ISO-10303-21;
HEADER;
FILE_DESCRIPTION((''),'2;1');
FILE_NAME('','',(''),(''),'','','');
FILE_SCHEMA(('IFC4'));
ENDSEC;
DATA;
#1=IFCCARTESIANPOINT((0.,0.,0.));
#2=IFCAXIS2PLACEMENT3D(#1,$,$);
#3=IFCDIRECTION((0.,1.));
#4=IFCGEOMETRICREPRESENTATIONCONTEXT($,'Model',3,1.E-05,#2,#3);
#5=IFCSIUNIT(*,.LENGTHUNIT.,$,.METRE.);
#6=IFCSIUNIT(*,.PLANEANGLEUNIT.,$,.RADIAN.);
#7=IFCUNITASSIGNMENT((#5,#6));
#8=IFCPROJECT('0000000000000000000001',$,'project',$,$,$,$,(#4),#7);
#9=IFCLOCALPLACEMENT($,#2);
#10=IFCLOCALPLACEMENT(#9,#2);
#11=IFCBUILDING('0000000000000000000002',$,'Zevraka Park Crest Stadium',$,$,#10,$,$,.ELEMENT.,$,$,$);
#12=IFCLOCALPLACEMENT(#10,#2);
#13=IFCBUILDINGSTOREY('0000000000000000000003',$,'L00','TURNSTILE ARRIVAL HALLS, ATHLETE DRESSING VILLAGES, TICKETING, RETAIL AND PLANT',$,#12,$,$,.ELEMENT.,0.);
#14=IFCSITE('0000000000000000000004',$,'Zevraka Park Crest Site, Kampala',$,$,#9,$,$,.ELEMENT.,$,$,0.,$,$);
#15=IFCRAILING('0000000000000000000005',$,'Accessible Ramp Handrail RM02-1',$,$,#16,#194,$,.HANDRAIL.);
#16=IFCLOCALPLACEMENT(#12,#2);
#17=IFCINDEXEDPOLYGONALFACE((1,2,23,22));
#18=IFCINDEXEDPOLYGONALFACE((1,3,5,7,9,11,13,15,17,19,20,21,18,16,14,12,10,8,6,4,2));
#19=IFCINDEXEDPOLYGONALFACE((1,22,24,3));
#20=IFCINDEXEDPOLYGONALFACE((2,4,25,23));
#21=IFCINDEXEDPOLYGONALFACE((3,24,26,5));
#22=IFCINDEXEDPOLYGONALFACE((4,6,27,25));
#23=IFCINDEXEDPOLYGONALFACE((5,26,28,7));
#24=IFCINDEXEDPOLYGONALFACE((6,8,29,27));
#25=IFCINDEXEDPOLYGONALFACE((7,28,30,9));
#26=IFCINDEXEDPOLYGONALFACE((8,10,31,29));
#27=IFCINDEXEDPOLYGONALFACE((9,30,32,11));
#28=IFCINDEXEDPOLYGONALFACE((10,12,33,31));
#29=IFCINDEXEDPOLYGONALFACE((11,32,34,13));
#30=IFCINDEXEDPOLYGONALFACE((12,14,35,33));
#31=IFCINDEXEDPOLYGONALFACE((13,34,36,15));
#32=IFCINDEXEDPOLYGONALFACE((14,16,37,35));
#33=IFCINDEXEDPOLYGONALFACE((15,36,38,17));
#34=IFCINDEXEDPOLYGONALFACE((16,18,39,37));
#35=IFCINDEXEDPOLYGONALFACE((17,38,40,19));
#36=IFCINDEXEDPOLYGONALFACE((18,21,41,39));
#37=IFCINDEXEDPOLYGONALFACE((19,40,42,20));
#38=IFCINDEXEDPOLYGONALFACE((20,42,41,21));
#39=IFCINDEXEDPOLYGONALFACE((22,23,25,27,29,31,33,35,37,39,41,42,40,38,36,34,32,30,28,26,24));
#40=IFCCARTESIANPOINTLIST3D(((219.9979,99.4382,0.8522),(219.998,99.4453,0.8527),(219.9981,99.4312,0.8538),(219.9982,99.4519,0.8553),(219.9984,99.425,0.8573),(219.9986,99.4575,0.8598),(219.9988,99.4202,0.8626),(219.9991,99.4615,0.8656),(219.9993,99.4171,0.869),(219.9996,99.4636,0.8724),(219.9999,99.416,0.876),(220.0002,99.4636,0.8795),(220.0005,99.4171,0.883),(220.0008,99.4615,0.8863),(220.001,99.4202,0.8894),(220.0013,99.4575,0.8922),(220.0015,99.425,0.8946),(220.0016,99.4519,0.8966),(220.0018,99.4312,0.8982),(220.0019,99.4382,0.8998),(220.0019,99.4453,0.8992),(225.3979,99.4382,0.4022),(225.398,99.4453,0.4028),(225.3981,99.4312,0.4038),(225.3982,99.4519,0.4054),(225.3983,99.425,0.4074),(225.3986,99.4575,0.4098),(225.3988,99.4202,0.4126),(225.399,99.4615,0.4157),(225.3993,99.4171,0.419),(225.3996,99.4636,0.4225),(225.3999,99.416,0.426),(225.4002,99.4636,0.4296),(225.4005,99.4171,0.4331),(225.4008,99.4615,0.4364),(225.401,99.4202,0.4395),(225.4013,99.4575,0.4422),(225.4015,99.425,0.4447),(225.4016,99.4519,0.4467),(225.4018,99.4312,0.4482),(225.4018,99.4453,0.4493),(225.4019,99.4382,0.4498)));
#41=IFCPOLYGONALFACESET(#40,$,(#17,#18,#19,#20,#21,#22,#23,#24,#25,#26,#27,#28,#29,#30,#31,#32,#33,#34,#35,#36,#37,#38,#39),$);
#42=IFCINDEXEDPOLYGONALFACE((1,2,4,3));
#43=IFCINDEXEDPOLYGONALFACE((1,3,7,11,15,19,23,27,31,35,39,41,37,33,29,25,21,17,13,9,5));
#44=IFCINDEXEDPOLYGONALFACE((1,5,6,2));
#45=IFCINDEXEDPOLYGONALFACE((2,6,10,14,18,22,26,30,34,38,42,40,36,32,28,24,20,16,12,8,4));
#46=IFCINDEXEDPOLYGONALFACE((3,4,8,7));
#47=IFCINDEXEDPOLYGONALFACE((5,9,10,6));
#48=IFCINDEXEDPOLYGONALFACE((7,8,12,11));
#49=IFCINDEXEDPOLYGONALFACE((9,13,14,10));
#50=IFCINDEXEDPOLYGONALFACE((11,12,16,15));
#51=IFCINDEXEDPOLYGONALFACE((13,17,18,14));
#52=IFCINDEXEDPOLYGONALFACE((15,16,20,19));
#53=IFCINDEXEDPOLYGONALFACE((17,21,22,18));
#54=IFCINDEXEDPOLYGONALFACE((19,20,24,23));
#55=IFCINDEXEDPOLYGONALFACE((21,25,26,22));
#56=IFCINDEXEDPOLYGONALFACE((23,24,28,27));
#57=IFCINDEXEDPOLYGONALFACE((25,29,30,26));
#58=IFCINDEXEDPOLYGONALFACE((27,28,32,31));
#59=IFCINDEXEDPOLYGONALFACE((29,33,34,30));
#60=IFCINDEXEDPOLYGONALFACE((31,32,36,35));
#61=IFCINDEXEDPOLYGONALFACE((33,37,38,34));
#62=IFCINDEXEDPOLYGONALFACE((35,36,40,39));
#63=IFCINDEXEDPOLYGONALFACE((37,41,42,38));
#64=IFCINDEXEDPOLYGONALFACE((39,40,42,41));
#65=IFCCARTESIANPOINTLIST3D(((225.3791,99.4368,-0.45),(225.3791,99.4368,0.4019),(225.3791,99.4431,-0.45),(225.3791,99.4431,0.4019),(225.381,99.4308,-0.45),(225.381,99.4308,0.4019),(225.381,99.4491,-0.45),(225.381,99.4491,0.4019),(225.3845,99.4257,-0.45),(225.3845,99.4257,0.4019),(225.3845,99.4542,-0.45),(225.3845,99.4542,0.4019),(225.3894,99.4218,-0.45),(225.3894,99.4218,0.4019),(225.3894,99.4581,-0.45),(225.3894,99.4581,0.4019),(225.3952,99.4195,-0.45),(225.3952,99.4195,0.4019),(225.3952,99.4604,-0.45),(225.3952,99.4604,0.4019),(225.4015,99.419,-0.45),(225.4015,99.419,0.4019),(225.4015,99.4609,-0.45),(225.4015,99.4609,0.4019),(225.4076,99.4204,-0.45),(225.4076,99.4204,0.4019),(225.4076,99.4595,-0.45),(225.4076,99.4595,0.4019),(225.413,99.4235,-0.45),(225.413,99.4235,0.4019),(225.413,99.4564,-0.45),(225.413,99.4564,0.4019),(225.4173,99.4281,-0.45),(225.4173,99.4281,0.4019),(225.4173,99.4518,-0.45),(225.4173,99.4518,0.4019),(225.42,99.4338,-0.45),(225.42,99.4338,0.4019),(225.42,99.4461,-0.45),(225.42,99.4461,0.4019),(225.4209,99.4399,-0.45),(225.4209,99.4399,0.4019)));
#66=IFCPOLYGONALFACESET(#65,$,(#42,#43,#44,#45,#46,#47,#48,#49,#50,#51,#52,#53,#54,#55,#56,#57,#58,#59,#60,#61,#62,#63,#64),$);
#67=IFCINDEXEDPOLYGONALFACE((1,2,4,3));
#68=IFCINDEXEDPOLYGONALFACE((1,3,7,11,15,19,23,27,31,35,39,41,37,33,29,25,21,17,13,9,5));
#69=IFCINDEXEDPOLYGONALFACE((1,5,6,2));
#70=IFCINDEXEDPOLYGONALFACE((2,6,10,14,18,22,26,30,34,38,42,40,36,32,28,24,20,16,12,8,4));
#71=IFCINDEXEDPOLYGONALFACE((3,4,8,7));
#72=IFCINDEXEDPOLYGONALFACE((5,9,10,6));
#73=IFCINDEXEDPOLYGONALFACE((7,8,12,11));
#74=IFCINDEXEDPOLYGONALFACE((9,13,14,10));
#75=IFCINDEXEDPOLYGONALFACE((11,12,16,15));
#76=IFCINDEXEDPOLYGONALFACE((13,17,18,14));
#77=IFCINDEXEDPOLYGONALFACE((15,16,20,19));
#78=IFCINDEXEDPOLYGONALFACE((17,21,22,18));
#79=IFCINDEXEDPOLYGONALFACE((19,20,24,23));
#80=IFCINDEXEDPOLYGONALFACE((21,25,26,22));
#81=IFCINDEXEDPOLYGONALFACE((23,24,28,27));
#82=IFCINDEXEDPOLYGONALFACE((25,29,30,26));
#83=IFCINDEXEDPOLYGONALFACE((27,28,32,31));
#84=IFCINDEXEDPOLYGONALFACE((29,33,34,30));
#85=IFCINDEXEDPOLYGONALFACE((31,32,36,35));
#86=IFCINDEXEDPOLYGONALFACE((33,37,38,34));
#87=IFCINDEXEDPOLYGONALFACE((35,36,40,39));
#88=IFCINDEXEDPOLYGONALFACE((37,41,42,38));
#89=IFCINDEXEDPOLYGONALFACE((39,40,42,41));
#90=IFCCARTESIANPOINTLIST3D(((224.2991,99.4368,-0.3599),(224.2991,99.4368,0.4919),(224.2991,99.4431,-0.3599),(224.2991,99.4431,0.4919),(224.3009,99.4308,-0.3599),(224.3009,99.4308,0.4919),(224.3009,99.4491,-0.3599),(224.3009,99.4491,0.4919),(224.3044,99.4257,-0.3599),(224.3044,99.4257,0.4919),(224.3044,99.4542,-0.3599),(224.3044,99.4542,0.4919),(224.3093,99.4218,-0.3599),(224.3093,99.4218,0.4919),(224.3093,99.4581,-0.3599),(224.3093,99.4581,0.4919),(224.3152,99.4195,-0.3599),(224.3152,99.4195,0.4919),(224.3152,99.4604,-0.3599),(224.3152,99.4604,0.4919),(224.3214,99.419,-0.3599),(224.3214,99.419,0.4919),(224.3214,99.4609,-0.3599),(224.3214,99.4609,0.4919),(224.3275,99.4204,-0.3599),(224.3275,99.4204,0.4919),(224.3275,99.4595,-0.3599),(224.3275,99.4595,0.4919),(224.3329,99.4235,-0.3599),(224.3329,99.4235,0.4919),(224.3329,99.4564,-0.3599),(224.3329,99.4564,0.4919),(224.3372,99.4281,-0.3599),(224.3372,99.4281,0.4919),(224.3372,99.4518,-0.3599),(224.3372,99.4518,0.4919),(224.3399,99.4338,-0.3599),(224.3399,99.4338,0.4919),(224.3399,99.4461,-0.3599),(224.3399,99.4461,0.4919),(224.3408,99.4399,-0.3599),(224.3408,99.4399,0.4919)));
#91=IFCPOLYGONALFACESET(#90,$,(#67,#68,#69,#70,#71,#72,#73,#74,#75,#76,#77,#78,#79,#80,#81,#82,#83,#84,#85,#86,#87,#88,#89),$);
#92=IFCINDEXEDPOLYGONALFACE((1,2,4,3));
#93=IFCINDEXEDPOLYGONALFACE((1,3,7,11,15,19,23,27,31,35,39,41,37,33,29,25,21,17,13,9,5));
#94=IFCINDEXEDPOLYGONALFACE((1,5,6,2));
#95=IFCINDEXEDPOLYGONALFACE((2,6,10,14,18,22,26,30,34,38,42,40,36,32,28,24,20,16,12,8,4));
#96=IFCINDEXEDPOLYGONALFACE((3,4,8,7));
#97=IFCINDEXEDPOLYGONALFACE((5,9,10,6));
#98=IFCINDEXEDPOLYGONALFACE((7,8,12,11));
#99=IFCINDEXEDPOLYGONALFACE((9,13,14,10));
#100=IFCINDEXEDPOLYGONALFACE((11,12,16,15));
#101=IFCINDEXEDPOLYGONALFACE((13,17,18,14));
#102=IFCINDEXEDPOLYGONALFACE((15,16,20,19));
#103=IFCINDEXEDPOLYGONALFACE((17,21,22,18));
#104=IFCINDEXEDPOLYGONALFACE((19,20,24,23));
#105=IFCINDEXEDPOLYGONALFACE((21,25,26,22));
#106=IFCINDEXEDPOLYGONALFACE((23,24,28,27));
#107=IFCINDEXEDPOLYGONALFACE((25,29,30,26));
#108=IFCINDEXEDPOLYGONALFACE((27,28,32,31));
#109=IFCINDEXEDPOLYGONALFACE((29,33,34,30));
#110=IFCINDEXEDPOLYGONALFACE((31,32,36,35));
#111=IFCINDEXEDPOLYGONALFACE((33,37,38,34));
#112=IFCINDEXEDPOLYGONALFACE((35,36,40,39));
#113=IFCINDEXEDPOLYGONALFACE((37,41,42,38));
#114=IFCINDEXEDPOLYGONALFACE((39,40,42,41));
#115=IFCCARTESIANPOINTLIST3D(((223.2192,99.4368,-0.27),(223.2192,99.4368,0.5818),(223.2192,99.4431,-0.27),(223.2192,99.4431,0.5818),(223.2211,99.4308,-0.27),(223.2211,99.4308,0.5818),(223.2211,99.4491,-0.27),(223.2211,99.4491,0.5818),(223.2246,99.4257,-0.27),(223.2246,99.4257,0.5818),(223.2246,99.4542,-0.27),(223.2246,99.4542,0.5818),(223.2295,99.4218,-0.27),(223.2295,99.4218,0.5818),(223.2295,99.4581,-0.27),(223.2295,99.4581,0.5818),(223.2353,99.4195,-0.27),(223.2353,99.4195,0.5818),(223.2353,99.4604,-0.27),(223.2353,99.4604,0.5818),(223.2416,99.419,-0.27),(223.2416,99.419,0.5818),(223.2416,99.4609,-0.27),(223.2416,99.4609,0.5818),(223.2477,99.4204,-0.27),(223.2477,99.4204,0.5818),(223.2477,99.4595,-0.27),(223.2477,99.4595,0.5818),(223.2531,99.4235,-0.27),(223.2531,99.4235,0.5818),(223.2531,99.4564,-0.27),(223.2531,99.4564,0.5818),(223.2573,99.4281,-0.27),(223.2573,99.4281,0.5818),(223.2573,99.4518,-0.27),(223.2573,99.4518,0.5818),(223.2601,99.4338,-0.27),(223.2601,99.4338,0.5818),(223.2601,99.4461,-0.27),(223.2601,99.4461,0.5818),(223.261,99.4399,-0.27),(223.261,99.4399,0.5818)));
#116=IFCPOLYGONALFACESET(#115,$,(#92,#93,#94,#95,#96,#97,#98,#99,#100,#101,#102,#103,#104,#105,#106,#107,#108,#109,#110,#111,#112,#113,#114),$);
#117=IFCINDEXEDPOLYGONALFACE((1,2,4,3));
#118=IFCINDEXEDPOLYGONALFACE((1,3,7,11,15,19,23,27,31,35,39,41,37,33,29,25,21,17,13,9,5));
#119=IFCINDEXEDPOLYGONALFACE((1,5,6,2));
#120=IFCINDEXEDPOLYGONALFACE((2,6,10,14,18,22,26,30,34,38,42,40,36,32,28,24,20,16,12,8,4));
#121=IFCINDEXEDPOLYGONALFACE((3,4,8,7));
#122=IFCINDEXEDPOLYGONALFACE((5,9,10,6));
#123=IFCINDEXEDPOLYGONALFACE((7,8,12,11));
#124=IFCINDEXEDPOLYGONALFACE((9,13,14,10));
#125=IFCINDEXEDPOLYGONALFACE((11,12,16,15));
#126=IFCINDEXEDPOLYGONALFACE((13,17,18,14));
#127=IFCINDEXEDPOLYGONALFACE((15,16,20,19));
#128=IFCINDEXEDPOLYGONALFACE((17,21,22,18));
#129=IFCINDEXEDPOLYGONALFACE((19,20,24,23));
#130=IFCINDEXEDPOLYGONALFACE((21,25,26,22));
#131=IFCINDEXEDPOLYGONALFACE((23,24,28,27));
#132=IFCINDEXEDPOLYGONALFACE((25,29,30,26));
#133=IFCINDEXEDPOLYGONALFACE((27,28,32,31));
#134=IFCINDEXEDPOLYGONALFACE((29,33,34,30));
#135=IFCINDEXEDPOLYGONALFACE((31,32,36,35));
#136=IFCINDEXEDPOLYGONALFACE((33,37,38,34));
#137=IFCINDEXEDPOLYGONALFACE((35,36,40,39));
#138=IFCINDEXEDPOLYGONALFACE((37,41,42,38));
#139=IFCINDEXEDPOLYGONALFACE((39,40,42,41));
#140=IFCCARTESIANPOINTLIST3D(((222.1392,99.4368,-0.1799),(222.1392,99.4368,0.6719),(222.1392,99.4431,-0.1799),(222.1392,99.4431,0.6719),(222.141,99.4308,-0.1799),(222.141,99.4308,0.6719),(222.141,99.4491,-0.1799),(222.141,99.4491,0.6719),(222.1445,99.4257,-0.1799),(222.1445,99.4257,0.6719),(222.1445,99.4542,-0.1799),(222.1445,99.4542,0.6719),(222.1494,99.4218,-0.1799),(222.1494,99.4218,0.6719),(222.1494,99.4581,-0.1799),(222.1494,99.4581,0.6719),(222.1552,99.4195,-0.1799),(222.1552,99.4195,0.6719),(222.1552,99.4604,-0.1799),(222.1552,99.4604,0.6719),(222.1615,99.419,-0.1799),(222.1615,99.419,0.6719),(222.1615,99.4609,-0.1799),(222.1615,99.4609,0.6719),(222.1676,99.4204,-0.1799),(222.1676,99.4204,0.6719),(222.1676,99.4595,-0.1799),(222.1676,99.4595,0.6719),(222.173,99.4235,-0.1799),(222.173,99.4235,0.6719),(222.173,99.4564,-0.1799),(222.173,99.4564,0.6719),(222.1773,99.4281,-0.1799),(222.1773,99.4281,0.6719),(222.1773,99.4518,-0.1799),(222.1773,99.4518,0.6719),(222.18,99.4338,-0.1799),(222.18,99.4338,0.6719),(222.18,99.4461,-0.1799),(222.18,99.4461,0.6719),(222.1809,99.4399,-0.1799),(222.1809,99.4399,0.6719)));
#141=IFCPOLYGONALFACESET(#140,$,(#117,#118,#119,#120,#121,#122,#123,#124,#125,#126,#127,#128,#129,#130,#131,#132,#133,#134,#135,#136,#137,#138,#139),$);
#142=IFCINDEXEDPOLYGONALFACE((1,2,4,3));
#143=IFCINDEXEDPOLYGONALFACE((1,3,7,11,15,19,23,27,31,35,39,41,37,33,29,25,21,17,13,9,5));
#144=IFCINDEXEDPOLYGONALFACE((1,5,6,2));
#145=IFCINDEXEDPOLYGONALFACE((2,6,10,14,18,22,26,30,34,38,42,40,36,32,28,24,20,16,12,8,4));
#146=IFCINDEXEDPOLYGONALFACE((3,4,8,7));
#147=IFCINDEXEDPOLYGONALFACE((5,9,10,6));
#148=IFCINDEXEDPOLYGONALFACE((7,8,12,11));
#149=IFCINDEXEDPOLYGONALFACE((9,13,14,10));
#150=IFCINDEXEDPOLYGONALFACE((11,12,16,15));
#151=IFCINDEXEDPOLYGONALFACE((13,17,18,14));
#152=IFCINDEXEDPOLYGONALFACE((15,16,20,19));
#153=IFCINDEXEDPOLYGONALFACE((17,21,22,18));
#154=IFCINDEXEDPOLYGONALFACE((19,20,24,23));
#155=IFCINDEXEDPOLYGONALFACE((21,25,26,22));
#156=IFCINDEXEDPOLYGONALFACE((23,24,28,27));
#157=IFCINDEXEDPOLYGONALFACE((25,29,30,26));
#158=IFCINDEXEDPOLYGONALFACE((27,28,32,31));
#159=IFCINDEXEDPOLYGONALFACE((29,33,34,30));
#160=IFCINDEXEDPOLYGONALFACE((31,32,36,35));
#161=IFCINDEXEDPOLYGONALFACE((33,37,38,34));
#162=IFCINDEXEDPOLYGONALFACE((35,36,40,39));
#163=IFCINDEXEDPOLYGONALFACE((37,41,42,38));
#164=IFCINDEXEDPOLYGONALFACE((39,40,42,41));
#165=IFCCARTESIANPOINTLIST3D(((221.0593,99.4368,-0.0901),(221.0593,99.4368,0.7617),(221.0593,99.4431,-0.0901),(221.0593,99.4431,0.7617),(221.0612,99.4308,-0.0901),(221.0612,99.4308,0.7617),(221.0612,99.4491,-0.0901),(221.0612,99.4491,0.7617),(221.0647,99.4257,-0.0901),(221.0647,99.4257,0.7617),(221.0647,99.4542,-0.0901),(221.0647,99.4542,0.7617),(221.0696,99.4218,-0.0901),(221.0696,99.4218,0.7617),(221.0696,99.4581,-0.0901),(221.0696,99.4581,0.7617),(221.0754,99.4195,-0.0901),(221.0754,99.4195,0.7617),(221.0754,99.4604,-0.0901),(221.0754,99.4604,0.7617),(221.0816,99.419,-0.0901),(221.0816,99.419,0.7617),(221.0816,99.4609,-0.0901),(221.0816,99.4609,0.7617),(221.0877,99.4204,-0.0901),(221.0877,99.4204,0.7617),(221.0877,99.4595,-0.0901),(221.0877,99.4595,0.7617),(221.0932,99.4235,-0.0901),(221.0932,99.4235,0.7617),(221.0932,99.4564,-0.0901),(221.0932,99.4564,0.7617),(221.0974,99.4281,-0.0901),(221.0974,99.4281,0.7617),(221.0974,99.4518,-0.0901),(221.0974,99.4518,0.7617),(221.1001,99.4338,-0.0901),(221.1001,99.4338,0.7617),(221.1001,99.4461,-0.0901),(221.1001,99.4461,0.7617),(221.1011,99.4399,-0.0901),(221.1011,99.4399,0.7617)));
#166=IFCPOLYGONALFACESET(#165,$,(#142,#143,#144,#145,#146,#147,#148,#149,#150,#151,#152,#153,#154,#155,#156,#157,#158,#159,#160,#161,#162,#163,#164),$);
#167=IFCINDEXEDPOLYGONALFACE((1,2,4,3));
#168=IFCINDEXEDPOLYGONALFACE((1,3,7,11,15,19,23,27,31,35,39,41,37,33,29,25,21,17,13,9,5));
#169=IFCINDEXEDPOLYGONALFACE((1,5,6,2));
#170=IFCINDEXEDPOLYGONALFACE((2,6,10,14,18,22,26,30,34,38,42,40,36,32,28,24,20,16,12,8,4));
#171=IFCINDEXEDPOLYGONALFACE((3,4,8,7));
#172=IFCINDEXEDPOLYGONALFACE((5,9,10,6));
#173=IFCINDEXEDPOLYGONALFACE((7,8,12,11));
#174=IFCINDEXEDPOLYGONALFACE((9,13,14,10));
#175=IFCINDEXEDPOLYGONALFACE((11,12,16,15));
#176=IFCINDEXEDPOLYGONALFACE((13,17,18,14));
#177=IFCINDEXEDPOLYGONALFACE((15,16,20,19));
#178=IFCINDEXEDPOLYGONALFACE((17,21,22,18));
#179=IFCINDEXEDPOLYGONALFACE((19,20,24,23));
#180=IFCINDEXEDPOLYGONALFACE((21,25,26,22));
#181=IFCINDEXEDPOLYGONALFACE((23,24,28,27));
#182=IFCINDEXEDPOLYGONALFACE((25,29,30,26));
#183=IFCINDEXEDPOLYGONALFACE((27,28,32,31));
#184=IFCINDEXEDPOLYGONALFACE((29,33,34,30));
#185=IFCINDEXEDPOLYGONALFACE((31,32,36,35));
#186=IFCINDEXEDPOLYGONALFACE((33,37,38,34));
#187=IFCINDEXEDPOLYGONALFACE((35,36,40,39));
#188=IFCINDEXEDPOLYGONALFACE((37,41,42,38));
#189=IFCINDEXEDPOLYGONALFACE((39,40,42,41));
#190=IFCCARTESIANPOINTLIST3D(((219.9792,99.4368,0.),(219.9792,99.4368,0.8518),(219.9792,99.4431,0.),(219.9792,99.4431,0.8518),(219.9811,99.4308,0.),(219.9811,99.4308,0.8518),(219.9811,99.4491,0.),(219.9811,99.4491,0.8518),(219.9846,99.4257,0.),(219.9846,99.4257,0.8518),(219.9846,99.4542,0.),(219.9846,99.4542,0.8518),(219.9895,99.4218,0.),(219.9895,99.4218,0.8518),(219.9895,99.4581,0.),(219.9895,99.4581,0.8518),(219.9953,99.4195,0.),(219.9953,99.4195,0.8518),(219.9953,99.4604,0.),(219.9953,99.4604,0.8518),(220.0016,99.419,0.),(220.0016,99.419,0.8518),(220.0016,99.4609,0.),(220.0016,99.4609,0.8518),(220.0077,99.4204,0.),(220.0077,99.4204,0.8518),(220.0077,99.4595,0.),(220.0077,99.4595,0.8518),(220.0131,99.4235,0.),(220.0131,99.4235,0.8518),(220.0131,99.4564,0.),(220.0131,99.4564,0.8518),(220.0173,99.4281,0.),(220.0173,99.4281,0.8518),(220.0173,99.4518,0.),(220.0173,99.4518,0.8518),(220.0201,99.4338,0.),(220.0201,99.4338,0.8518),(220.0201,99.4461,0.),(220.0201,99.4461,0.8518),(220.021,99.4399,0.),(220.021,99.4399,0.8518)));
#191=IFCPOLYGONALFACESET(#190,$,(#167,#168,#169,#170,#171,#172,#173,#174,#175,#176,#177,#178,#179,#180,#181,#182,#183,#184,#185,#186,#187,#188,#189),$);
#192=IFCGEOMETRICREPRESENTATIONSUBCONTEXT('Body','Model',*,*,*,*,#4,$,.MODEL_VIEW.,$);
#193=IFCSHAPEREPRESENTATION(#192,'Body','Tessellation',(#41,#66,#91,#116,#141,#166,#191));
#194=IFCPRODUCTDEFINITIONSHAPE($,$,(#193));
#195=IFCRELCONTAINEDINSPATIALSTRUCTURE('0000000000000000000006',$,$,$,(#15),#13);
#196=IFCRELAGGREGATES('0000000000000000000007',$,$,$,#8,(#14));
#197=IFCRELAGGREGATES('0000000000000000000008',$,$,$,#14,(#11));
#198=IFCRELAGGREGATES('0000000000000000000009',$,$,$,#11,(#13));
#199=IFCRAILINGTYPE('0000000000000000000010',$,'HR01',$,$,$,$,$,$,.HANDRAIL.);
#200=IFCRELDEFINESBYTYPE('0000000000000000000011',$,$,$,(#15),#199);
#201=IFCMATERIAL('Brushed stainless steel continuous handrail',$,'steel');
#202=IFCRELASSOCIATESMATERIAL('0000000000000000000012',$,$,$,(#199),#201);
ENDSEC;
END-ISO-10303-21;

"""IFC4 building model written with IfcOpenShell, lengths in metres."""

from ifc_helpers import new_model, si_unit, direction, frame, origin, origin_2d, place, context, subcontext, project, spatial, circle, extrude, material, type_object, element, save


model = new_model("IFC4")

# Units and contexts
model_context = context("Model", 3, precision=1e-05, world=origin(), true_north=direction((0.0, 1.0)))
body_context = subcontext(model_context, "Body", "Model", "MODEL_VIEW")
ifc_project = project(units=[si_unit("LENGTHUNIT", "METRE"), si_unit("PLANEANGLEUNIT", "RADIAN")], contexts=[model_context])

# Site, building, storey
site_placement = place(None, origin())
site = spatial("IfcSite", under=ifc_project, at=site_placement, Name="Zevraka Park Crest Site, Kampala", CompositionType="ELEMENT", RefElevation=0.0)
building_placement = place(site_placement, origin())
building = spatial("IfcBuilding", under=site, at=building_placement, Name="Zevraka Park Crest Stadium", CompositionType="ELEMENT")
storey_placement = place(building_placement, origin())
storey = spatial("IfcBuildingStorey", under=building, at=storey_placement, Name="L00", Description="TURNSTILE ARRIVAL HALLS, ATHLETE DRESSING VILLAGES, TICKETING, RETAIL AND PLANT", CompositionType="ELEMENT", Elevation=0.0)

# Railing
ifc_material_1 = material(Name="Brushed stainless steel continuous handrail", Category="steel")
railing_type_1 = type_object("IfcRailingType", Name="HR01", PredefinedType="HANDRAIL", material=ifc_material_1)
for number, where, name in (
    (1, (225.3999, 99.4399, -0.45), "Accessible Ramp Handrail RM02-1"),
):
    element("IfcRailing", number, at=place(storey_placement, frame(where)), inside=storey, type_object=railing_type_1, Name=name, PredefinedType="HANDRAIL", context=body_context, shape_type="SweptSolid", body=[
        extrude(circle(Radius=0.0239, at=origin_2d()), frame((0.0, 0.0, 0.876), z_axis=(-0.996546, 0.0, 0.083038), x_axis=(0.0, -1.0, 0.0)), (0.0, 0.0, 1.0), 5.4187),
        extrude(circle(Radius=0.021, at=origin_2d()), origin(), (0.0, 0.0, 1.0), 0.8518),
        extrude(circle(Radius=0.021, at=origin_2d()), frame((-1.0801, 0.0, 0.0901)), (0.0, 0.0, 1.0), 0.8518),
        extrude(circle(Radius=0.021, at=origin_2d()), frame((-2.1599, 0.0, 0.1799)), (0.0, 0.0, 1.0), 0.8518),
        extrude(circle(Radius=0.021, at=origin_2d()), frame((-3.24, 0.0, 0.27)), (0.0, 0.0, 1.0), 0.8518),
        extrude(circle(Radius=0.021, at=origin_2d()), frame((-4.3198, 0.0, 0.3599)), (0.0, 0.0, 1.0), 0.8518),
        extrude(circle(Radius=0.021, at=origin_2d()), frame((-5.3999, 0.0, 0.45)), (0.0, 0.0, 1.0), 0.8518),
    ])

save(model, "model.ifc")
